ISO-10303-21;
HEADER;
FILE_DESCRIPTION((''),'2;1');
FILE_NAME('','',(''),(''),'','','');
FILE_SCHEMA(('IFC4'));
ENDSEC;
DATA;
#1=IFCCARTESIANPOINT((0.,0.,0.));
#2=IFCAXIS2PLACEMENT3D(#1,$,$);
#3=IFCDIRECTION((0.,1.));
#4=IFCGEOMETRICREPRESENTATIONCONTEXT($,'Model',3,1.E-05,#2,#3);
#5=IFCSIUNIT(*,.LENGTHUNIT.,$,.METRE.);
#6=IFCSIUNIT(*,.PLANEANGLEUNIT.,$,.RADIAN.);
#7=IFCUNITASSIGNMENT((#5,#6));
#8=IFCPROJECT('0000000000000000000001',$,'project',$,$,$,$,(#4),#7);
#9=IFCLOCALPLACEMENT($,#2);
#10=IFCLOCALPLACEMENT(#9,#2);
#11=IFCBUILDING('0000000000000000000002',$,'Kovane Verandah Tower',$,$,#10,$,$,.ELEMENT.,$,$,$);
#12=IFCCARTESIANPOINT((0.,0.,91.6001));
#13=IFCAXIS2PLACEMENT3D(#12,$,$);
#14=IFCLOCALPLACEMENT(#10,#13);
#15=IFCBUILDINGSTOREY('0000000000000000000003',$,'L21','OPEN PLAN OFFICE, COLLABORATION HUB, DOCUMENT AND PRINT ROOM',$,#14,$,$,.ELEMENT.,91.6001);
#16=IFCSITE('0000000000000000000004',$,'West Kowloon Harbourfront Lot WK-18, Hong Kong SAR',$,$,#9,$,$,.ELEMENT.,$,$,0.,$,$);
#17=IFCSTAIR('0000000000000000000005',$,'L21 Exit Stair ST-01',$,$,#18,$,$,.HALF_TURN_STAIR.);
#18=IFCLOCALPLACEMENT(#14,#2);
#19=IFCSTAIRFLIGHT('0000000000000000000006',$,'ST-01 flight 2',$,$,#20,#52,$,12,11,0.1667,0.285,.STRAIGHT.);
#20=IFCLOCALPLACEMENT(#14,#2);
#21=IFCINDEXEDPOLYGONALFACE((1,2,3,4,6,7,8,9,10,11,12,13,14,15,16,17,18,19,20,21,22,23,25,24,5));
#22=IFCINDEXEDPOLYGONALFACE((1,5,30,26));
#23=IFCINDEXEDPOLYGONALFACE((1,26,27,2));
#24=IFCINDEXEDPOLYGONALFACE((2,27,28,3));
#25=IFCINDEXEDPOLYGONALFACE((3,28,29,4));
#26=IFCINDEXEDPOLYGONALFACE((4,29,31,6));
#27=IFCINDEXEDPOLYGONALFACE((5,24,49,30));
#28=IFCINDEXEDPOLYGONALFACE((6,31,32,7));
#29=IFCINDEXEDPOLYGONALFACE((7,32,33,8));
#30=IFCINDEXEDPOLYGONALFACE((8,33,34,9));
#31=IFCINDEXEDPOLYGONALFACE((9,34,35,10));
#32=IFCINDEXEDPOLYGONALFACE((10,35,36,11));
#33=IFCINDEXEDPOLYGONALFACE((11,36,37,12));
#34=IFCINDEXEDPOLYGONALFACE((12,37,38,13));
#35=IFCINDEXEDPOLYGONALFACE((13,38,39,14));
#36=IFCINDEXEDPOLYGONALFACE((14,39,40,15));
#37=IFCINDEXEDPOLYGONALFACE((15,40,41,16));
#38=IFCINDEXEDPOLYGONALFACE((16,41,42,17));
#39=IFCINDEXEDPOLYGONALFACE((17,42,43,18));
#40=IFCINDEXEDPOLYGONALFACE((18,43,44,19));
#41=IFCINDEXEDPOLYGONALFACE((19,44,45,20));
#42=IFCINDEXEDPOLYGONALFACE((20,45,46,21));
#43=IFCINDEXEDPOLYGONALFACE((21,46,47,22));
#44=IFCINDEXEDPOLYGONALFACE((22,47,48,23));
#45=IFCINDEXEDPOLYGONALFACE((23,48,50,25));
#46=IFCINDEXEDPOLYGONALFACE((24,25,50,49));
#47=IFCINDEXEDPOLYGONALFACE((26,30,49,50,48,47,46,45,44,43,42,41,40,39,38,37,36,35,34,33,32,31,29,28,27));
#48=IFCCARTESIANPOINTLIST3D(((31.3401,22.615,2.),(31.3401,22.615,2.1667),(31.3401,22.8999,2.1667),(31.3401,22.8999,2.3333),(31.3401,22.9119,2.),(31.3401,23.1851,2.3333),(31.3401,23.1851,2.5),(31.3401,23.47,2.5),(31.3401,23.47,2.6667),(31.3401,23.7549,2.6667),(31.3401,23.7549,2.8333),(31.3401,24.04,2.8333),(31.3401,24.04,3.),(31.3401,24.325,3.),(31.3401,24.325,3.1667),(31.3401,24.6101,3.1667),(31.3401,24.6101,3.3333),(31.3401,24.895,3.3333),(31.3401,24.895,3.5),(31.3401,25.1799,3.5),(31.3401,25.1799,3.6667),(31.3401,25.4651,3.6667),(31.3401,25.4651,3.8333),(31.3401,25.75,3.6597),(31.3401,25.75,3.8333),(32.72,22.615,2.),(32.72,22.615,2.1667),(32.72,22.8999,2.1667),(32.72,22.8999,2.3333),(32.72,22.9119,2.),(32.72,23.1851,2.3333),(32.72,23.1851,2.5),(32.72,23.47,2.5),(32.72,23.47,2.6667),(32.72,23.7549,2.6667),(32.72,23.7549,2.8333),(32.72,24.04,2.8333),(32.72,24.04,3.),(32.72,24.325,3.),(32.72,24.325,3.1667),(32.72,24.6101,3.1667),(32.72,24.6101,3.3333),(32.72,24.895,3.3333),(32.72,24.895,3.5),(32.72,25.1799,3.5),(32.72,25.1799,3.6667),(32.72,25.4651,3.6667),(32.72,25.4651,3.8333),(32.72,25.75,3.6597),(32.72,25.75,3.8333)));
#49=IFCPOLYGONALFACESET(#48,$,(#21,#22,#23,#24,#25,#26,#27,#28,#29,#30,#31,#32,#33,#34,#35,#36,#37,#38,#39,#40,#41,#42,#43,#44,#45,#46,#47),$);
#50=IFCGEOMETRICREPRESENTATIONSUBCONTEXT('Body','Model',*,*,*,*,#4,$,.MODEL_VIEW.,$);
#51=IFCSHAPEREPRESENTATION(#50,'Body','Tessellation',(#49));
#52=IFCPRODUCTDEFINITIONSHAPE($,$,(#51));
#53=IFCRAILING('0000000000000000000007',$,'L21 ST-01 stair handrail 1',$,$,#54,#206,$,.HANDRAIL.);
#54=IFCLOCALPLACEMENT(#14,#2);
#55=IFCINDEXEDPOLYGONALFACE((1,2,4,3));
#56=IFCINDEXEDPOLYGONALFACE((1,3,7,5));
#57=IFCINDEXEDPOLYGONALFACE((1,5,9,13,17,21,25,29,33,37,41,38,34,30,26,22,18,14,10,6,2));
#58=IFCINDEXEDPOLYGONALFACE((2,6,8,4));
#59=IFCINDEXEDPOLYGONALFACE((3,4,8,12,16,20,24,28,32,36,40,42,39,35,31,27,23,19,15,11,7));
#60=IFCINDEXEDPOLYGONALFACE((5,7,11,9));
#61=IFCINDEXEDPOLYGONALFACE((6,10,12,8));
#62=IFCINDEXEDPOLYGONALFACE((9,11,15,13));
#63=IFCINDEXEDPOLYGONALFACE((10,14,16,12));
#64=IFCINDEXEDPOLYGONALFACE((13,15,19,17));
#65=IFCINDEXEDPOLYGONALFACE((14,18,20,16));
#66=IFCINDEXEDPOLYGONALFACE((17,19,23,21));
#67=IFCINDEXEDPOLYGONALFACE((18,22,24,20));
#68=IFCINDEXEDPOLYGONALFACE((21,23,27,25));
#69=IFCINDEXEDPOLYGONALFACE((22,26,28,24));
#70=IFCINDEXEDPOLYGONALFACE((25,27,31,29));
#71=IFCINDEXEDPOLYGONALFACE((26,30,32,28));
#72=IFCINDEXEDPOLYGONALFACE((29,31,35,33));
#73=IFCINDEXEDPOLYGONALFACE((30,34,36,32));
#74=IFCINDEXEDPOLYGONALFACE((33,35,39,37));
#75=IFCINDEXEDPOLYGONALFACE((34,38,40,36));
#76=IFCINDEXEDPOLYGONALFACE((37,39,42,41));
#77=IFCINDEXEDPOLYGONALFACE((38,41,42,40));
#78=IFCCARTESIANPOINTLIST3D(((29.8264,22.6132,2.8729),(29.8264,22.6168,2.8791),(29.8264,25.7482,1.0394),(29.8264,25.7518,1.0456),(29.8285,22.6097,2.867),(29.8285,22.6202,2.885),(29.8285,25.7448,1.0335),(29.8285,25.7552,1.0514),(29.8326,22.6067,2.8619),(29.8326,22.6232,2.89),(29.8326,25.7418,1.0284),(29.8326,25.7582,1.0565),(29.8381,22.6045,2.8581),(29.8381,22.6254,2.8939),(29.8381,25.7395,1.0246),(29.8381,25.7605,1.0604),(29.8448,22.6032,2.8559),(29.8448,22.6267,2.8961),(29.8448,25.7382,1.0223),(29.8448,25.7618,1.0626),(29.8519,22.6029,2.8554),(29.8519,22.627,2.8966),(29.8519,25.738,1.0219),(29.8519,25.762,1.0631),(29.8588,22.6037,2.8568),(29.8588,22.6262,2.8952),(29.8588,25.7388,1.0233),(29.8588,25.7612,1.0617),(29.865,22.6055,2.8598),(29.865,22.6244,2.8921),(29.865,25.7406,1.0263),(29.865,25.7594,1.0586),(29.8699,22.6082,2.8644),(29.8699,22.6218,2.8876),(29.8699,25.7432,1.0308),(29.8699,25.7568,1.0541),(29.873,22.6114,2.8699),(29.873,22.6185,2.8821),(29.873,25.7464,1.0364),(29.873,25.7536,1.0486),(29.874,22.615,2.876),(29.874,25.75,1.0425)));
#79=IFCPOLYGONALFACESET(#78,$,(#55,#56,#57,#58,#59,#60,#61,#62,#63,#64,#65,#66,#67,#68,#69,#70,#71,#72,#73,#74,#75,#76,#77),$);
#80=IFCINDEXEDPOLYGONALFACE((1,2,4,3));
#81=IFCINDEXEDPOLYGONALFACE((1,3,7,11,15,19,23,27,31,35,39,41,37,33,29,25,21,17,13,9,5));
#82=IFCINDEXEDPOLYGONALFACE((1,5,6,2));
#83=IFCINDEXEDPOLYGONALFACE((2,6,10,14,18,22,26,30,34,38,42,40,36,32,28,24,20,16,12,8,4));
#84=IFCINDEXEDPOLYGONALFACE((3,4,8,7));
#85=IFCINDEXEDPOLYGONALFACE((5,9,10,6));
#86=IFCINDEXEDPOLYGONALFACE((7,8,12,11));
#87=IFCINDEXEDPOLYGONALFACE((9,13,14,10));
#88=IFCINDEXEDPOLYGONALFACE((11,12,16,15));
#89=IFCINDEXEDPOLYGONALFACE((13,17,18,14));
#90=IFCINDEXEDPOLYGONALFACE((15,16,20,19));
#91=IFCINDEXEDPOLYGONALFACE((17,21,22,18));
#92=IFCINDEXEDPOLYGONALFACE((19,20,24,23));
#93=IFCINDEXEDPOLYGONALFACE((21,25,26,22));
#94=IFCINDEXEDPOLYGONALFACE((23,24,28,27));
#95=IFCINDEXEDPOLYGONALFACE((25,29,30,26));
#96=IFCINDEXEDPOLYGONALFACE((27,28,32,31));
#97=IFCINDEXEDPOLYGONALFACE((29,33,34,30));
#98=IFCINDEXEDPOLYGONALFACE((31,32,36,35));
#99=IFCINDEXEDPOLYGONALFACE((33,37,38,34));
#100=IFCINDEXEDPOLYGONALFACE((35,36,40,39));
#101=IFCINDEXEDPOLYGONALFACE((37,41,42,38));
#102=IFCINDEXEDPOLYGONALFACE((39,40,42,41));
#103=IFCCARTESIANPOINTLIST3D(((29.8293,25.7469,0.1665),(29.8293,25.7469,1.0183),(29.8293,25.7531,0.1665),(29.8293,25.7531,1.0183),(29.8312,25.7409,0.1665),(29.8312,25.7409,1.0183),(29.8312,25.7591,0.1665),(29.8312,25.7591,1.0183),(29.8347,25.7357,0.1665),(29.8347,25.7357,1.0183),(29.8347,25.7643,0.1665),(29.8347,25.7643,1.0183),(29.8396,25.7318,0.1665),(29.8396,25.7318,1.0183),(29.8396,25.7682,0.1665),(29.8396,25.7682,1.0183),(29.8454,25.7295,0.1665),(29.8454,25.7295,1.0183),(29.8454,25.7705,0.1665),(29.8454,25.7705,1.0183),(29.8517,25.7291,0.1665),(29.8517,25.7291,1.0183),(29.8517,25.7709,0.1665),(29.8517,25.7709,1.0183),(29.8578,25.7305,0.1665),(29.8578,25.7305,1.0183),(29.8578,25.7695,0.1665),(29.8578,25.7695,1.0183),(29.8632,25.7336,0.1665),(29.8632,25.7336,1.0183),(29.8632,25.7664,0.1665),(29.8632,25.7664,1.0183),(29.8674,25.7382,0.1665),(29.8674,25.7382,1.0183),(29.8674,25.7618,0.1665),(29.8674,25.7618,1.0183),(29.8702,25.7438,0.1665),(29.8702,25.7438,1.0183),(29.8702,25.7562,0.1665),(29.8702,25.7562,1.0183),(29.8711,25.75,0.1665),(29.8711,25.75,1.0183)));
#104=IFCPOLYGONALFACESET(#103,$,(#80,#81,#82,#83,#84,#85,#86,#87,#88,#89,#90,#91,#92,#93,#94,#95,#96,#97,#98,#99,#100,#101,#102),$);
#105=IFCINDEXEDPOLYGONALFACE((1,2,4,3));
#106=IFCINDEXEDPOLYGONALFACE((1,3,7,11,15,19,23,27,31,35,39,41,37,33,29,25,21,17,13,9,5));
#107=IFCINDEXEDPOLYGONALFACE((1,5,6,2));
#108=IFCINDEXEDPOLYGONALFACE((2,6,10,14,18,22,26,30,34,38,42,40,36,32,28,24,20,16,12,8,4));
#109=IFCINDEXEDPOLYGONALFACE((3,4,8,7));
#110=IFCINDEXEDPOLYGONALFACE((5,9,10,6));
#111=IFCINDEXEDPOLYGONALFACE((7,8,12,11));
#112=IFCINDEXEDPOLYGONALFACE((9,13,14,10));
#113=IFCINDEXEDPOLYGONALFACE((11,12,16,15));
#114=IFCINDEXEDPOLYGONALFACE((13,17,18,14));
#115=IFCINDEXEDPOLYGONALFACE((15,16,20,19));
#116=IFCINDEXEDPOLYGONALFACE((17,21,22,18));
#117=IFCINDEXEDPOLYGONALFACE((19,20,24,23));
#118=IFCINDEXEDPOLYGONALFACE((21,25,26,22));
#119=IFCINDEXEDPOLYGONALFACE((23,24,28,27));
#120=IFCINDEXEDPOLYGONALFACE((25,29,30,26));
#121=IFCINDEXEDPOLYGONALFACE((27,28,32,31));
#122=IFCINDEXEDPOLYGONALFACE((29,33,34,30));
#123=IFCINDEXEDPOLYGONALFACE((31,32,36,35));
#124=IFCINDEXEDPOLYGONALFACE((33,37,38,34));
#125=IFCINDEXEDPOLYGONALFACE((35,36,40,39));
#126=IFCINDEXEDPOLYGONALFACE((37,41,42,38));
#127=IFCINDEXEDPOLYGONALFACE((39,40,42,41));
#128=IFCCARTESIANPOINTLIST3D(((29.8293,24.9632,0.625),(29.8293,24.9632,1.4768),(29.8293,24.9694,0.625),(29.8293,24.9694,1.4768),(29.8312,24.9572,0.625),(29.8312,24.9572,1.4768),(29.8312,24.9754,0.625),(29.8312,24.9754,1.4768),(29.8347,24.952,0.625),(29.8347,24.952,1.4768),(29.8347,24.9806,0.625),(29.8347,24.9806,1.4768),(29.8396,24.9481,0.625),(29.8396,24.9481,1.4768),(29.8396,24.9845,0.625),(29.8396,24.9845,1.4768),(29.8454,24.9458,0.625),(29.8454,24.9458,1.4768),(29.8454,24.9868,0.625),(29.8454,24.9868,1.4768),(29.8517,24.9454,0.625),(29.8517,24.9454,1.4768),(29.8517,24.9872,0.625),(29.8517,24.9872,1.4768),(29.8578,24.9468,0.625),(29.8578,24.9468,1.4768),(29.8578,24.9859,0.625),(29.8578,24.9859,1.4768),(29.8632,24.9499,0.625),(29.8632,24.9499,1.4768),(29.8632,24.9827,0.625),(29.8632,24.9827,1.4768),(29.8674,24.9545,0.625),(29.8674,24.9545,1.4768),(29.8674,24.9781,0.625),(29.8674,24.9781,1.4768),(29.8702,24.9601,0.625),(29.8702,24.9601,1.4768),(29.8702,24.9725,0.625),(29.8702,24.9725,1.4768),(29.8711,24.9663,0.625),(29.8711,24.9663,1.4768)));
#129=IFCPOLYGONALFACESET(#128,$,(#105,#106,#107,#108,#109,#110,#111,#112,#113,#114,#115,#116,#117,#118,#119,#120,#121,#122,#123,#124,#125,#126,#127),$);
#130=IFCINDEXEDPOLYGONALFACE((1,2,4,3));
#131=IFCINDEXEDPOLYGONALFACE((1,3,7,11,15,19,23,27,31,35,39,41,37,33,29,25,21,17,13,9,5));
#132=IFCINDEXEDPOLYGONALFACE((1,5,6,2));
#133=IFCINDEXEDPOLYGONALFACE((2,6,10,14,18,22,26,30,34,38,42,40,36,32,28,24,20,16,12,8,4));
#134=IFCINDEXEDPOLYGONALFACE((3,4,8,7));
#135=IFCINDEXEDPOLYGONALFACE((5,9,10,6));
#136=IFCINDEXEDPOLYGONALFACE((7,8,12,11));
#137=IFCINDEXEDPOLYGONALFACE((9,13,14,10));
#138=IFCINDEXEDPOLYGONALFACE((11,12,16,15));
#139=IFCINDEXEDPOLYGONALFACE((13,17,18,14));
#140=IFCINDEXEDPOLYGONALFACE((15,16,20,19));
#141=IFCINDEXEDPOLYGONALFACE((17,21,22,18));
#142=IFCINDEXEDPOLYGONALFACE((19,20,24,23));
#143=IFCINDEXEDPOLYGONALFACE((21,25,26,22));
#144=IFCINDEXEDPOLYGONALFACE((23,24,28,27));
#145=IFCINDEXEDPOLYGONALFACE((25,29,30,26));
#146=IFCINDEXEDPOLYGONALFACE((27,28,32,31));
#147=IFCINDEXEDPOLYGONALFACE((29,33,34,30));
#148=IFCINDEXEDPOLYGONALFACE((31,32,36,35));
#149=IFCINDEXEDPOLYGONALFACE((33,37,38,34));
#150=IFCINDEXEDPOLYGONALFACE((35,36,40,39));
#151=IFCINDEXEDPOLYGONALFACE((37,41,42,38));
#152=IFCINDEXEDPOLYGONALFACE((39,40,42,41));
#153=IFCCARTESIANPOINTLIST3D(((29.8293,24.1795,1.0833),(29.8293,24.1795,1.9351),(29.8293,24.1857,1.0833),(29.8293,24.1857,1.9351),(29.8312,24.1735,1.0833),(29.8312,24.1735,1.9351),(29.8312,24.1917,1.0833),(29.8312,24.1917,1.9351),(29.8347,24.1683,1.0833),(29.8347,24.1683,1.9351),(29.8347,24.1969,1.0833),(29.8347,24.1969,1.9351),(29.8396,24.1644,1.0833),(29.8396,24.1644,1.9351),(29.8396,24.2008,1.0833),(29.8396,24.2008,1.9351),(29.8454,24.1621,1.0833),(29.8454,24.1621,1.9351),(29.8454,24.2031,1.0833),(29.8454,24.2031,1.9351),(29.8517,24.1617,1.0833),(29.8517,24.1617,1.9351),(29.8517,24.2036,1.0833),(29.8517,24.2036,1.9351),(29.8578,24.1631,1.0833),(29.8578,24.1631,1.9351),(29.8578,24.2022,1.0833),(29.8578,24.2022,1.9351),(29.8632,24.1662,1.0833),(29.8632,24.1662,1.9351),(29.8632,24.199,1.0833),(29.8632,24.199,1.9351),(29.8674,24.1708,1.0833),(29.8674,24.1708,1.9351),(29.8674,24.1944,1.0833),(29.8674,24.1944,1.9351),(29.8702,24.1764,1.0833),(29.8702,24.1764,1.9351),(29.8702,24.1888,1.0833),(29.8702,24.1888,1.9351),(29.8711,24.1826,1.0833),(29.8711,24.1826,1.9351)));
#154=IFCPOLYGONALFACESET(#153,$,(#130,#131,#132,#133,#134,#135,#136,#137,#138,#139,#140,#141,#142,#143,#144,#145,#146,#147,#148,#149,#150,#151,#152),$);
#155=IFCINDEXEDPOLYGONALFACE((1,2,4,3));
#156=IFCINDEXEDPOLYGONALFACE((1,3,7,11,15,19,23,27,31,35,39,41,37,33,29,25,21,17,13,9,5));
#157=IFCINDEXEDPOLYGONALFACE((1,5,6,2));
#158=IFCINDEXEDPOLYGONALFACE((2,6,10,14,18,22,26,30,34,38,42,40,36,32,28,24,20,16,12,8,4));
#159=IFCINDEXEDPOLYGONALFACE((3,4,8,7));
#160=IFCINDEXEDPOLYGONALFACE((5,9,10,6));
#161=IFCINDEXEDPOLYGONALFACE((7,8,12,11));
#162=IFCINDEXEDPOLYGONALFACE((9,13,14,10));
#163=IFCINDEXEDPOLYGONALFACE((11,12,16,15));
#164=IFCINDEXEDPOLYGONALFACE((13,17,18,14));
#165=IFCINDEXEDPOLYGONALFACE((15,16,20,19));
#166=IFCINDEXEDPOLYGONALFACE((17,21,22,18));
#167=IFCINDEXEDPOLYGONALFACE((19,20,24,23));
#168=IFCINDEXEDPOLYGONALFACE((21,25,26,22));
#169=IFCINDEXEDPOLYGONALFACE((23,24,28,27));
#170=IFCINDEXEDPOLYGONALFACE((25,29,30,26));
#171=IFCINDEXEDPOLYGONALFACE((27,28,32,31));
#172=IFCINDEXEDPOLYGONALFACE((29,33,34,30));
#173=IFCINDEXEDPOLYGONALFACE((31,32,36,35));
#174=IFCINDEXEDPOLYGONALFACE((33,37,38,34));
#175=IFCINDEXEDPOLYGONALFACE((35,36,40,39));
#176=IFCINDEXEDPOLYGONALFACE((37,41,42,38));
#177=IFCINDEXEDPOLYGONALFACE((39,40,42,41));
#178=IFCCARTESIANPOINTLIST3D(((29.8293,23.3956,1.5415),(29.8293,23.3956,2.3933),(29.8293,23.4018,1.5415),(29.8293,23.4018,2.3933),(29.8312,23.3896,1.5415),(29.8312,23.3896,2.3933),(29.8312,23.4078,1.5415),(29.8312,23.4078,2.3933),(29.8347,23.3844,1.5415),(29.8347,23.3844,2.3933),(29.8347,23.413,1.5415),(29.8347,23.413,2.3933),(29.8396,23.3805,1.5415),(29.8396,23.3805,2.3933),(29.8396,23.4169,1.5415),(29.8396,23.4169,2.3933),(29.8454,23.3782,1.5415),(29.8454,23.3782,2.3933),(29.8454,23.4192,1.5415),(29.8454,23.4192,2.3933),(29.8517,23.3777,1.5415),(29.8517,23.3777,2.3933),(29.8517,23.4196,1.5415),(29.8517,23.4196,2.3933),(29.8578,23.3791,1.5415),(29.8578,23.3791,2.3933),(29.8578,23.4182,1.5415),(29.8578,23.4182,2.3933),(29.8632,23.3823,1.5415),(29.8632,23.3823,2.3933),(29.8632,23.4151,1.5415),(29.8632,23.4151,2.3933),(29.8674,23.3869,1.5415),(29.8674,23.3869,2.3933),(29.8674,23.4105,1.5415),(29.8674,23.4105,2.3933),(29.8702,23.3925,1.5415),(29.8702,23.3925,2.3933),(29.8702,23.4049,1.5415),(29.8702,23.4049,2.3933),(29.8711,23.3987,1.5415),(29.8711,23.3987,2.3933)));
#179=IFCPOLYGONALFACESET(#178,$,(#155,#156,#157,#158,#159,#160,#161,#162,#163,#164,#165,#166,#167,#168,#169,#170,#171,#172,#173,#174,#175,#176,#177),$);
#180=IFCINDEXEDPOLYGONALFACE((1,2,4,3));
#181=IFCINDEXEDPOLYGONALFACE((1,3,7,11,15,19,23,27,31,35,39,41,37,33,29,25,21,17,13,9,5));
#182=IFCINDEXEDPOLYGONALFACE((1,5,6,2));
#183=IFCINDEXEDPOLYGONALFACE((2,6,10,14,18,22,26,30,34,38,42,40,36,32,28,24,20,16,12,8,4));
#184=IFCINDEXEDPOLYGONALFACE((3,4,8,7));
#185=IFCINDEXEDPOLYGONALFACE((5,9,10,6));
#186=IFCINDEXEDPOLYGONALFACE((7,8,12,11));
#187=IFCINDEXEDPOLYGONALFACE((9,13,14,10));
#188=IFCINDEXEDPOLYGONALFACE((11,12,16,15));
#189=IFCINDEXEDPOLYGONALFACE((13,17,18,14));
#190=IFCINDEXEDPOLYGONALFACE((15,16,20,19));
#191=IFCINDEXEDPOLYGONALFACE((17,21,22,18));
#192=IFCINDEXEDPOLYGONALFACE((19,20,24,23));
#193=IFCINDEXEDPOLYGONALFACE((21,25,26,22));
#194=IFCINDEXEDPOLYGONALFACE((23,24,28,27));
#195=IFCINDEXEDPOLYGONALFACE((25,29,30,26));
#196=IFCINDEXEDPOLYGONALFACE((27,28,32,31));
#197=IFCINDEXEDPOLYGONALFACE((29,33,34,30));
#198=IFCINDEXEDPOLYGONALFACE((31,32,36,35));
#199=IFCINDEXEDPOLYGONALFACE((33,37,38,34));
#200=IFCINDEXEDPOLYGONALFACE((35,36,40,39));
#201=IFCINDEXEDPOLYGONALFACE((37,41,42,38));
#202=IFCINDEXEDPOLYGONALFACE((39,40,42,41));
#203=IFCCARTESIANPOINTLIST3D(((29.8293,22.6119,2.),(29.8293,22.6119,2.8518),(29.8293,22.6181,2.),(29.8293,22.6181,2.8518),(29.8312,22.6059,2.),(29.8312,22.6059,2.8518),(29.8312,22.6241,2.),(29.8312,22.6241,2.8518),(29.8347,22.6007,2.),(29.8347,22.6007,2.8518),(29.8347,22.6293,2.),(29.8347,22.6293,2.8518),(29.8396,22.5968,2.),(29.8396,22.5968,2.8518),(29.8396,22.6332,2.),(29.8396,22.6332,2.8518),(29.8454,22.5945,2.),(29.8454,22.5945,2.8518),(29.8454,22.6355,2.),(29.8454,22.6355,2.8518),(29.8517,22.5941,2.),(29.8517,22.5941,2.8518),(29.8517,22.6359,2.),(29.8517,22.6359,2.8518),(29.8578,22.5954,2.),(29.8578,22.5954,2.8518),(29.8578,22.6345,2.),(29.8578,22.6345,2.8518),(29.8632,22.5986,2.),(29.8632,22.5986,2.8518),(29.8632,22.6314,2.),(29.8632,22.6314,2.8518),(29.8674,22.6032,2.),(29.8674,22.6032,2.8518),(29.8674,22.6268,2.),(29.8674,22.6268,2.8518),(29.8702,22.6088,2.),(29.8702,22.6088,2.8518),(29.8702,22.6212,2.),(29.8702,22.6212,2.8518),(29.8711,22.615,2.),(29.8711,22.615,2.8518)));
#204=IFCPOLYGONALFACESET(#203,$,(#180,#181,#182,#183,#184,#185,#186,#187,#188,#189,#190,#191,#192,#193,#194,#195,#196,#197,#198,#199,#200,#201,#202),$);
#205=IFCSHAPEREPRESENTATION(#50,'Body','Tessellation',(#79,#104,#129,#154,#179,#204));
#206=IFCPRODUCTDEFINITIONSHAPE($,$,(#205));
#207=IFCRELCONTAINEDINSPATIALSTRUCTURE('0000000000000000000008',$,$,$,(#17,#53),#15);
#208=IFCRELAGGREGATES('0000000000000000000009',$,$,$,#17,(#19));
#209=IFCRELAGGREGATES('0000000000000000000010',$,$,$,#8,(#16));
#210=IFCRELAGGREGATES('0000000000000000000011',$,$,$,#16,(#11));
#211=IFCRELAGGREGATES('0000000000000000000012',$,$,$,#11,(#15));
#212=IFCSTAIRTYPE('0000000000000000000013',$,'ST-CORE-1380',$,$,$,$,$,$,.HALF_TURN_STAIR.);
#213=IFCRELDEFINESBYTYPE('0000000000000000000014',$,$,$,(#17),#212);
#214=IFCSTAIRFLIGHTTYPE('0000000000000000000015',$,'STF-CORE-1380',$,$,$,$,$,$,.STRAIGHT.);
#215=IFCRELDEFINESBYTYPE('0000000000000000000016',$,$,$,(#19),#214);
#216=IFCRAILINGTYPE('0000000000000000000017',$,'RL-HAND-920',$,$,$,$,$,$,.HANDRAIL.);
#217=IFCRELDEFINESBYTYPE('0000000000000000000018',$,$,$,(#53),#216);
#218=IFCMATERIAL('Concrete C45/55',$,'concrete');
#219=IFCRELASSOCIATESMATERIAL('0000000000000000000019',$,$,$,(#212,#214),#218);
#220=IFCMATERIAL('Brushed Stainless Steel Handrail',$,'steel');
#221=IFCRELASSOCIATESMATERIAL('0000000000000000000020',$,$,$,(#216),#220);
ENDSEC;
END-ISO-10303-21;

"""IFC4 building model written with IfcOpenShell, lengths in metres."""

from ifc_helpers import new_model, si_unit, direction, frame, origin, origin_2d, place, context, subcontext, project, spatial, polyline, circle, outline, extrude, material, type_object, element, aggregate, save


model = new_model("IFC4")

# Units and contexts
model_context = context("Model", 3, precision=1e-05, world=origin(), true_north=direction((0.0, 1.0)))
body_context = subcontext(model_context, "Body", "Model", "MODEL_VIEW")
ifc_project = project(units=[si_unit("LENGTHUNIT", "METRE"), si_unit("PLANEANGLEUNIT", "RADIAN")], contexts=[model_context])

# Site, building, storey
site_placement = place(None, origin())
site = spatial("IfcSite", under=ifc_project, at=site_placement, Name="West Kowloon Harbourfront Lot WK-18, Hong Kong SAR", CompositionType="ELEMENT", RefElevation=0.0)
building_placement = place(site_placement, origin())
building = spatial("IfcBuilding", under=site, at=building_placement, Name="Kovane Verandah Tower", CompositionType="ELEMENT")
storey_placement = place(building_placement, frame((0.0, 0.0, 91.6001)))
storey = spatial("IfcBuildingStorey", under=building, at=storey_placement, Name="L21", Description="OPEN PLAN OFFICE, COLLABORATION HUB, DOCUMENT AND PRINT ROOM", CompositionType="ELEMENT", Elevation=91.6001)

# Shared definitions
ifc_material_1 = material(Name="Concrete C45/55", Category="concrete")

# Stair, stair flight
stair_type = type_object("IfcStairType", Name="ST-CORE-1380", PredefinedType="HALF_TURN_STAIR", material=ifc_material_1)
stair_placement = place(storey_placement, origin())
stair = element("IfcStair", 1, at=stair_placement, inside=storey, type_object=stair_type, Name="L21 Exit Stair ST-01", PredefinedType="HALF_TURN_STAIR")
stair_flight_type = type_object("IfcStairFlightType", Name="STF-CORE-1380", PredefinedType="STRAIGHT", material=ifc_material_1)
stair_flight_1_placement = place(storey_placement, frame((32.03, 22.615, 2.0), z_axis=(0.0, 0.0, 1.0), x_axis=(0.0, 1.0, 0.0)))
stair_flight_1 = element("IfcStairFlight", 2, at=stair_flight_1_placement, type_object=stair_flight_type, Name="ST-01 flight 2", NumberOfRisers=12, NumberOfTreads=11, PredefinedType="STRAIGHT", RiserHeight=0.1667, TreadLength=0.285, context=body_context, shape_type="SweptSolid", body=[
    extrude(outline(polyline([(0.0, 0.0), (0.0, 0.1667), (0.2849, 0.1667), (0.2849, 0.3333), (0.5701, 0.3333), (0.5701, 0.5), (0.855, 0.5), (0.855, 0.6667), (1.1399, 0.6667), (1.1399, 0.8333), (1.425, 0.8333), (1.425, 1.0), (1.71, 1.0), (1.71, 1.1667), (1.9951, 1.1667), (1.9951, 1.3333), (2.28, 1.3333), (2.28, 1.5), (2.5649, 1.5), (2.5649, 1.6667), (2.8501, 1.6667), (2.8501, 1.8333), (3.135, 1.8333), (3.135, 2.0), (3.135, 1.6597), (0.2969, 0.0), (0.0, 0.0)])), frame((0.0, 0.6899, 0.0), z_axis=(0.0, -1.0, 0.0), x_axis=(1.0, 0.0, 0.0)), (0.0, 0.0, 1.0), 1.3799),
])
aggregate(stair, [stair_flight_1])

# Railing
ifc_material_2 = material(Name="Brushed Stainless Steel Handrail", Category="steel")
railing_type_1 = type_object("IfcRailingType", Name="RL-HAND-920", PredefinedType="HANDRAIL", material=ifc_material_2)
railing_1_placement = place(storey_placement, frame((29.8501, 25.75, 0.1665)))
element("IfcRailing", 3, at=railing_1_placement, inside=storey, type_object=railing_type_1, Name="L21 ST-01 stair handrail 1", PredefinedType="HANDRAIL", context=body_context, shape_type="SweptSolid", body=[
    extrude(circle(Radius=0.0239, at=origin_2d()), frame((0.0, 0.0, 0.876), z_axis=(0.0, -0.86321, 0.504845), x_axis=(1.0, 0.0, 0.0)), (0.0, 0.0, 1.0), 3.6318),
    extrude(circle(Radius=0.021, at=origin_2d()), origin(), (0.0, 0.0, 1.0), 0.8518),
    extrude(circle(Radius=0.021, at=origin_2d()), frame((0.0, -0.7837, 0.4585)), (0.0, 0.0, 1.0), 0.8518),
    extrude(circle(Radius=0.021, at=origin_2d()), frame((0.0, -1.5674, 0.9167)), (0.0, 0.0, 1.0), 0.8518),
    extrude(circle(Radius=0.021, at=origin_2d()), frame((0.0, -2.3513, 1.375)), (0.0, 0.0, 1.0), 0.8518),
    extrude(circle(Radius=0.021, at=origin_2d()), frame((0.0, -3.135, 1.8335)), (0.0, 0.0, 1.0), 0.8518),
])

save(model, "model.ifc")
